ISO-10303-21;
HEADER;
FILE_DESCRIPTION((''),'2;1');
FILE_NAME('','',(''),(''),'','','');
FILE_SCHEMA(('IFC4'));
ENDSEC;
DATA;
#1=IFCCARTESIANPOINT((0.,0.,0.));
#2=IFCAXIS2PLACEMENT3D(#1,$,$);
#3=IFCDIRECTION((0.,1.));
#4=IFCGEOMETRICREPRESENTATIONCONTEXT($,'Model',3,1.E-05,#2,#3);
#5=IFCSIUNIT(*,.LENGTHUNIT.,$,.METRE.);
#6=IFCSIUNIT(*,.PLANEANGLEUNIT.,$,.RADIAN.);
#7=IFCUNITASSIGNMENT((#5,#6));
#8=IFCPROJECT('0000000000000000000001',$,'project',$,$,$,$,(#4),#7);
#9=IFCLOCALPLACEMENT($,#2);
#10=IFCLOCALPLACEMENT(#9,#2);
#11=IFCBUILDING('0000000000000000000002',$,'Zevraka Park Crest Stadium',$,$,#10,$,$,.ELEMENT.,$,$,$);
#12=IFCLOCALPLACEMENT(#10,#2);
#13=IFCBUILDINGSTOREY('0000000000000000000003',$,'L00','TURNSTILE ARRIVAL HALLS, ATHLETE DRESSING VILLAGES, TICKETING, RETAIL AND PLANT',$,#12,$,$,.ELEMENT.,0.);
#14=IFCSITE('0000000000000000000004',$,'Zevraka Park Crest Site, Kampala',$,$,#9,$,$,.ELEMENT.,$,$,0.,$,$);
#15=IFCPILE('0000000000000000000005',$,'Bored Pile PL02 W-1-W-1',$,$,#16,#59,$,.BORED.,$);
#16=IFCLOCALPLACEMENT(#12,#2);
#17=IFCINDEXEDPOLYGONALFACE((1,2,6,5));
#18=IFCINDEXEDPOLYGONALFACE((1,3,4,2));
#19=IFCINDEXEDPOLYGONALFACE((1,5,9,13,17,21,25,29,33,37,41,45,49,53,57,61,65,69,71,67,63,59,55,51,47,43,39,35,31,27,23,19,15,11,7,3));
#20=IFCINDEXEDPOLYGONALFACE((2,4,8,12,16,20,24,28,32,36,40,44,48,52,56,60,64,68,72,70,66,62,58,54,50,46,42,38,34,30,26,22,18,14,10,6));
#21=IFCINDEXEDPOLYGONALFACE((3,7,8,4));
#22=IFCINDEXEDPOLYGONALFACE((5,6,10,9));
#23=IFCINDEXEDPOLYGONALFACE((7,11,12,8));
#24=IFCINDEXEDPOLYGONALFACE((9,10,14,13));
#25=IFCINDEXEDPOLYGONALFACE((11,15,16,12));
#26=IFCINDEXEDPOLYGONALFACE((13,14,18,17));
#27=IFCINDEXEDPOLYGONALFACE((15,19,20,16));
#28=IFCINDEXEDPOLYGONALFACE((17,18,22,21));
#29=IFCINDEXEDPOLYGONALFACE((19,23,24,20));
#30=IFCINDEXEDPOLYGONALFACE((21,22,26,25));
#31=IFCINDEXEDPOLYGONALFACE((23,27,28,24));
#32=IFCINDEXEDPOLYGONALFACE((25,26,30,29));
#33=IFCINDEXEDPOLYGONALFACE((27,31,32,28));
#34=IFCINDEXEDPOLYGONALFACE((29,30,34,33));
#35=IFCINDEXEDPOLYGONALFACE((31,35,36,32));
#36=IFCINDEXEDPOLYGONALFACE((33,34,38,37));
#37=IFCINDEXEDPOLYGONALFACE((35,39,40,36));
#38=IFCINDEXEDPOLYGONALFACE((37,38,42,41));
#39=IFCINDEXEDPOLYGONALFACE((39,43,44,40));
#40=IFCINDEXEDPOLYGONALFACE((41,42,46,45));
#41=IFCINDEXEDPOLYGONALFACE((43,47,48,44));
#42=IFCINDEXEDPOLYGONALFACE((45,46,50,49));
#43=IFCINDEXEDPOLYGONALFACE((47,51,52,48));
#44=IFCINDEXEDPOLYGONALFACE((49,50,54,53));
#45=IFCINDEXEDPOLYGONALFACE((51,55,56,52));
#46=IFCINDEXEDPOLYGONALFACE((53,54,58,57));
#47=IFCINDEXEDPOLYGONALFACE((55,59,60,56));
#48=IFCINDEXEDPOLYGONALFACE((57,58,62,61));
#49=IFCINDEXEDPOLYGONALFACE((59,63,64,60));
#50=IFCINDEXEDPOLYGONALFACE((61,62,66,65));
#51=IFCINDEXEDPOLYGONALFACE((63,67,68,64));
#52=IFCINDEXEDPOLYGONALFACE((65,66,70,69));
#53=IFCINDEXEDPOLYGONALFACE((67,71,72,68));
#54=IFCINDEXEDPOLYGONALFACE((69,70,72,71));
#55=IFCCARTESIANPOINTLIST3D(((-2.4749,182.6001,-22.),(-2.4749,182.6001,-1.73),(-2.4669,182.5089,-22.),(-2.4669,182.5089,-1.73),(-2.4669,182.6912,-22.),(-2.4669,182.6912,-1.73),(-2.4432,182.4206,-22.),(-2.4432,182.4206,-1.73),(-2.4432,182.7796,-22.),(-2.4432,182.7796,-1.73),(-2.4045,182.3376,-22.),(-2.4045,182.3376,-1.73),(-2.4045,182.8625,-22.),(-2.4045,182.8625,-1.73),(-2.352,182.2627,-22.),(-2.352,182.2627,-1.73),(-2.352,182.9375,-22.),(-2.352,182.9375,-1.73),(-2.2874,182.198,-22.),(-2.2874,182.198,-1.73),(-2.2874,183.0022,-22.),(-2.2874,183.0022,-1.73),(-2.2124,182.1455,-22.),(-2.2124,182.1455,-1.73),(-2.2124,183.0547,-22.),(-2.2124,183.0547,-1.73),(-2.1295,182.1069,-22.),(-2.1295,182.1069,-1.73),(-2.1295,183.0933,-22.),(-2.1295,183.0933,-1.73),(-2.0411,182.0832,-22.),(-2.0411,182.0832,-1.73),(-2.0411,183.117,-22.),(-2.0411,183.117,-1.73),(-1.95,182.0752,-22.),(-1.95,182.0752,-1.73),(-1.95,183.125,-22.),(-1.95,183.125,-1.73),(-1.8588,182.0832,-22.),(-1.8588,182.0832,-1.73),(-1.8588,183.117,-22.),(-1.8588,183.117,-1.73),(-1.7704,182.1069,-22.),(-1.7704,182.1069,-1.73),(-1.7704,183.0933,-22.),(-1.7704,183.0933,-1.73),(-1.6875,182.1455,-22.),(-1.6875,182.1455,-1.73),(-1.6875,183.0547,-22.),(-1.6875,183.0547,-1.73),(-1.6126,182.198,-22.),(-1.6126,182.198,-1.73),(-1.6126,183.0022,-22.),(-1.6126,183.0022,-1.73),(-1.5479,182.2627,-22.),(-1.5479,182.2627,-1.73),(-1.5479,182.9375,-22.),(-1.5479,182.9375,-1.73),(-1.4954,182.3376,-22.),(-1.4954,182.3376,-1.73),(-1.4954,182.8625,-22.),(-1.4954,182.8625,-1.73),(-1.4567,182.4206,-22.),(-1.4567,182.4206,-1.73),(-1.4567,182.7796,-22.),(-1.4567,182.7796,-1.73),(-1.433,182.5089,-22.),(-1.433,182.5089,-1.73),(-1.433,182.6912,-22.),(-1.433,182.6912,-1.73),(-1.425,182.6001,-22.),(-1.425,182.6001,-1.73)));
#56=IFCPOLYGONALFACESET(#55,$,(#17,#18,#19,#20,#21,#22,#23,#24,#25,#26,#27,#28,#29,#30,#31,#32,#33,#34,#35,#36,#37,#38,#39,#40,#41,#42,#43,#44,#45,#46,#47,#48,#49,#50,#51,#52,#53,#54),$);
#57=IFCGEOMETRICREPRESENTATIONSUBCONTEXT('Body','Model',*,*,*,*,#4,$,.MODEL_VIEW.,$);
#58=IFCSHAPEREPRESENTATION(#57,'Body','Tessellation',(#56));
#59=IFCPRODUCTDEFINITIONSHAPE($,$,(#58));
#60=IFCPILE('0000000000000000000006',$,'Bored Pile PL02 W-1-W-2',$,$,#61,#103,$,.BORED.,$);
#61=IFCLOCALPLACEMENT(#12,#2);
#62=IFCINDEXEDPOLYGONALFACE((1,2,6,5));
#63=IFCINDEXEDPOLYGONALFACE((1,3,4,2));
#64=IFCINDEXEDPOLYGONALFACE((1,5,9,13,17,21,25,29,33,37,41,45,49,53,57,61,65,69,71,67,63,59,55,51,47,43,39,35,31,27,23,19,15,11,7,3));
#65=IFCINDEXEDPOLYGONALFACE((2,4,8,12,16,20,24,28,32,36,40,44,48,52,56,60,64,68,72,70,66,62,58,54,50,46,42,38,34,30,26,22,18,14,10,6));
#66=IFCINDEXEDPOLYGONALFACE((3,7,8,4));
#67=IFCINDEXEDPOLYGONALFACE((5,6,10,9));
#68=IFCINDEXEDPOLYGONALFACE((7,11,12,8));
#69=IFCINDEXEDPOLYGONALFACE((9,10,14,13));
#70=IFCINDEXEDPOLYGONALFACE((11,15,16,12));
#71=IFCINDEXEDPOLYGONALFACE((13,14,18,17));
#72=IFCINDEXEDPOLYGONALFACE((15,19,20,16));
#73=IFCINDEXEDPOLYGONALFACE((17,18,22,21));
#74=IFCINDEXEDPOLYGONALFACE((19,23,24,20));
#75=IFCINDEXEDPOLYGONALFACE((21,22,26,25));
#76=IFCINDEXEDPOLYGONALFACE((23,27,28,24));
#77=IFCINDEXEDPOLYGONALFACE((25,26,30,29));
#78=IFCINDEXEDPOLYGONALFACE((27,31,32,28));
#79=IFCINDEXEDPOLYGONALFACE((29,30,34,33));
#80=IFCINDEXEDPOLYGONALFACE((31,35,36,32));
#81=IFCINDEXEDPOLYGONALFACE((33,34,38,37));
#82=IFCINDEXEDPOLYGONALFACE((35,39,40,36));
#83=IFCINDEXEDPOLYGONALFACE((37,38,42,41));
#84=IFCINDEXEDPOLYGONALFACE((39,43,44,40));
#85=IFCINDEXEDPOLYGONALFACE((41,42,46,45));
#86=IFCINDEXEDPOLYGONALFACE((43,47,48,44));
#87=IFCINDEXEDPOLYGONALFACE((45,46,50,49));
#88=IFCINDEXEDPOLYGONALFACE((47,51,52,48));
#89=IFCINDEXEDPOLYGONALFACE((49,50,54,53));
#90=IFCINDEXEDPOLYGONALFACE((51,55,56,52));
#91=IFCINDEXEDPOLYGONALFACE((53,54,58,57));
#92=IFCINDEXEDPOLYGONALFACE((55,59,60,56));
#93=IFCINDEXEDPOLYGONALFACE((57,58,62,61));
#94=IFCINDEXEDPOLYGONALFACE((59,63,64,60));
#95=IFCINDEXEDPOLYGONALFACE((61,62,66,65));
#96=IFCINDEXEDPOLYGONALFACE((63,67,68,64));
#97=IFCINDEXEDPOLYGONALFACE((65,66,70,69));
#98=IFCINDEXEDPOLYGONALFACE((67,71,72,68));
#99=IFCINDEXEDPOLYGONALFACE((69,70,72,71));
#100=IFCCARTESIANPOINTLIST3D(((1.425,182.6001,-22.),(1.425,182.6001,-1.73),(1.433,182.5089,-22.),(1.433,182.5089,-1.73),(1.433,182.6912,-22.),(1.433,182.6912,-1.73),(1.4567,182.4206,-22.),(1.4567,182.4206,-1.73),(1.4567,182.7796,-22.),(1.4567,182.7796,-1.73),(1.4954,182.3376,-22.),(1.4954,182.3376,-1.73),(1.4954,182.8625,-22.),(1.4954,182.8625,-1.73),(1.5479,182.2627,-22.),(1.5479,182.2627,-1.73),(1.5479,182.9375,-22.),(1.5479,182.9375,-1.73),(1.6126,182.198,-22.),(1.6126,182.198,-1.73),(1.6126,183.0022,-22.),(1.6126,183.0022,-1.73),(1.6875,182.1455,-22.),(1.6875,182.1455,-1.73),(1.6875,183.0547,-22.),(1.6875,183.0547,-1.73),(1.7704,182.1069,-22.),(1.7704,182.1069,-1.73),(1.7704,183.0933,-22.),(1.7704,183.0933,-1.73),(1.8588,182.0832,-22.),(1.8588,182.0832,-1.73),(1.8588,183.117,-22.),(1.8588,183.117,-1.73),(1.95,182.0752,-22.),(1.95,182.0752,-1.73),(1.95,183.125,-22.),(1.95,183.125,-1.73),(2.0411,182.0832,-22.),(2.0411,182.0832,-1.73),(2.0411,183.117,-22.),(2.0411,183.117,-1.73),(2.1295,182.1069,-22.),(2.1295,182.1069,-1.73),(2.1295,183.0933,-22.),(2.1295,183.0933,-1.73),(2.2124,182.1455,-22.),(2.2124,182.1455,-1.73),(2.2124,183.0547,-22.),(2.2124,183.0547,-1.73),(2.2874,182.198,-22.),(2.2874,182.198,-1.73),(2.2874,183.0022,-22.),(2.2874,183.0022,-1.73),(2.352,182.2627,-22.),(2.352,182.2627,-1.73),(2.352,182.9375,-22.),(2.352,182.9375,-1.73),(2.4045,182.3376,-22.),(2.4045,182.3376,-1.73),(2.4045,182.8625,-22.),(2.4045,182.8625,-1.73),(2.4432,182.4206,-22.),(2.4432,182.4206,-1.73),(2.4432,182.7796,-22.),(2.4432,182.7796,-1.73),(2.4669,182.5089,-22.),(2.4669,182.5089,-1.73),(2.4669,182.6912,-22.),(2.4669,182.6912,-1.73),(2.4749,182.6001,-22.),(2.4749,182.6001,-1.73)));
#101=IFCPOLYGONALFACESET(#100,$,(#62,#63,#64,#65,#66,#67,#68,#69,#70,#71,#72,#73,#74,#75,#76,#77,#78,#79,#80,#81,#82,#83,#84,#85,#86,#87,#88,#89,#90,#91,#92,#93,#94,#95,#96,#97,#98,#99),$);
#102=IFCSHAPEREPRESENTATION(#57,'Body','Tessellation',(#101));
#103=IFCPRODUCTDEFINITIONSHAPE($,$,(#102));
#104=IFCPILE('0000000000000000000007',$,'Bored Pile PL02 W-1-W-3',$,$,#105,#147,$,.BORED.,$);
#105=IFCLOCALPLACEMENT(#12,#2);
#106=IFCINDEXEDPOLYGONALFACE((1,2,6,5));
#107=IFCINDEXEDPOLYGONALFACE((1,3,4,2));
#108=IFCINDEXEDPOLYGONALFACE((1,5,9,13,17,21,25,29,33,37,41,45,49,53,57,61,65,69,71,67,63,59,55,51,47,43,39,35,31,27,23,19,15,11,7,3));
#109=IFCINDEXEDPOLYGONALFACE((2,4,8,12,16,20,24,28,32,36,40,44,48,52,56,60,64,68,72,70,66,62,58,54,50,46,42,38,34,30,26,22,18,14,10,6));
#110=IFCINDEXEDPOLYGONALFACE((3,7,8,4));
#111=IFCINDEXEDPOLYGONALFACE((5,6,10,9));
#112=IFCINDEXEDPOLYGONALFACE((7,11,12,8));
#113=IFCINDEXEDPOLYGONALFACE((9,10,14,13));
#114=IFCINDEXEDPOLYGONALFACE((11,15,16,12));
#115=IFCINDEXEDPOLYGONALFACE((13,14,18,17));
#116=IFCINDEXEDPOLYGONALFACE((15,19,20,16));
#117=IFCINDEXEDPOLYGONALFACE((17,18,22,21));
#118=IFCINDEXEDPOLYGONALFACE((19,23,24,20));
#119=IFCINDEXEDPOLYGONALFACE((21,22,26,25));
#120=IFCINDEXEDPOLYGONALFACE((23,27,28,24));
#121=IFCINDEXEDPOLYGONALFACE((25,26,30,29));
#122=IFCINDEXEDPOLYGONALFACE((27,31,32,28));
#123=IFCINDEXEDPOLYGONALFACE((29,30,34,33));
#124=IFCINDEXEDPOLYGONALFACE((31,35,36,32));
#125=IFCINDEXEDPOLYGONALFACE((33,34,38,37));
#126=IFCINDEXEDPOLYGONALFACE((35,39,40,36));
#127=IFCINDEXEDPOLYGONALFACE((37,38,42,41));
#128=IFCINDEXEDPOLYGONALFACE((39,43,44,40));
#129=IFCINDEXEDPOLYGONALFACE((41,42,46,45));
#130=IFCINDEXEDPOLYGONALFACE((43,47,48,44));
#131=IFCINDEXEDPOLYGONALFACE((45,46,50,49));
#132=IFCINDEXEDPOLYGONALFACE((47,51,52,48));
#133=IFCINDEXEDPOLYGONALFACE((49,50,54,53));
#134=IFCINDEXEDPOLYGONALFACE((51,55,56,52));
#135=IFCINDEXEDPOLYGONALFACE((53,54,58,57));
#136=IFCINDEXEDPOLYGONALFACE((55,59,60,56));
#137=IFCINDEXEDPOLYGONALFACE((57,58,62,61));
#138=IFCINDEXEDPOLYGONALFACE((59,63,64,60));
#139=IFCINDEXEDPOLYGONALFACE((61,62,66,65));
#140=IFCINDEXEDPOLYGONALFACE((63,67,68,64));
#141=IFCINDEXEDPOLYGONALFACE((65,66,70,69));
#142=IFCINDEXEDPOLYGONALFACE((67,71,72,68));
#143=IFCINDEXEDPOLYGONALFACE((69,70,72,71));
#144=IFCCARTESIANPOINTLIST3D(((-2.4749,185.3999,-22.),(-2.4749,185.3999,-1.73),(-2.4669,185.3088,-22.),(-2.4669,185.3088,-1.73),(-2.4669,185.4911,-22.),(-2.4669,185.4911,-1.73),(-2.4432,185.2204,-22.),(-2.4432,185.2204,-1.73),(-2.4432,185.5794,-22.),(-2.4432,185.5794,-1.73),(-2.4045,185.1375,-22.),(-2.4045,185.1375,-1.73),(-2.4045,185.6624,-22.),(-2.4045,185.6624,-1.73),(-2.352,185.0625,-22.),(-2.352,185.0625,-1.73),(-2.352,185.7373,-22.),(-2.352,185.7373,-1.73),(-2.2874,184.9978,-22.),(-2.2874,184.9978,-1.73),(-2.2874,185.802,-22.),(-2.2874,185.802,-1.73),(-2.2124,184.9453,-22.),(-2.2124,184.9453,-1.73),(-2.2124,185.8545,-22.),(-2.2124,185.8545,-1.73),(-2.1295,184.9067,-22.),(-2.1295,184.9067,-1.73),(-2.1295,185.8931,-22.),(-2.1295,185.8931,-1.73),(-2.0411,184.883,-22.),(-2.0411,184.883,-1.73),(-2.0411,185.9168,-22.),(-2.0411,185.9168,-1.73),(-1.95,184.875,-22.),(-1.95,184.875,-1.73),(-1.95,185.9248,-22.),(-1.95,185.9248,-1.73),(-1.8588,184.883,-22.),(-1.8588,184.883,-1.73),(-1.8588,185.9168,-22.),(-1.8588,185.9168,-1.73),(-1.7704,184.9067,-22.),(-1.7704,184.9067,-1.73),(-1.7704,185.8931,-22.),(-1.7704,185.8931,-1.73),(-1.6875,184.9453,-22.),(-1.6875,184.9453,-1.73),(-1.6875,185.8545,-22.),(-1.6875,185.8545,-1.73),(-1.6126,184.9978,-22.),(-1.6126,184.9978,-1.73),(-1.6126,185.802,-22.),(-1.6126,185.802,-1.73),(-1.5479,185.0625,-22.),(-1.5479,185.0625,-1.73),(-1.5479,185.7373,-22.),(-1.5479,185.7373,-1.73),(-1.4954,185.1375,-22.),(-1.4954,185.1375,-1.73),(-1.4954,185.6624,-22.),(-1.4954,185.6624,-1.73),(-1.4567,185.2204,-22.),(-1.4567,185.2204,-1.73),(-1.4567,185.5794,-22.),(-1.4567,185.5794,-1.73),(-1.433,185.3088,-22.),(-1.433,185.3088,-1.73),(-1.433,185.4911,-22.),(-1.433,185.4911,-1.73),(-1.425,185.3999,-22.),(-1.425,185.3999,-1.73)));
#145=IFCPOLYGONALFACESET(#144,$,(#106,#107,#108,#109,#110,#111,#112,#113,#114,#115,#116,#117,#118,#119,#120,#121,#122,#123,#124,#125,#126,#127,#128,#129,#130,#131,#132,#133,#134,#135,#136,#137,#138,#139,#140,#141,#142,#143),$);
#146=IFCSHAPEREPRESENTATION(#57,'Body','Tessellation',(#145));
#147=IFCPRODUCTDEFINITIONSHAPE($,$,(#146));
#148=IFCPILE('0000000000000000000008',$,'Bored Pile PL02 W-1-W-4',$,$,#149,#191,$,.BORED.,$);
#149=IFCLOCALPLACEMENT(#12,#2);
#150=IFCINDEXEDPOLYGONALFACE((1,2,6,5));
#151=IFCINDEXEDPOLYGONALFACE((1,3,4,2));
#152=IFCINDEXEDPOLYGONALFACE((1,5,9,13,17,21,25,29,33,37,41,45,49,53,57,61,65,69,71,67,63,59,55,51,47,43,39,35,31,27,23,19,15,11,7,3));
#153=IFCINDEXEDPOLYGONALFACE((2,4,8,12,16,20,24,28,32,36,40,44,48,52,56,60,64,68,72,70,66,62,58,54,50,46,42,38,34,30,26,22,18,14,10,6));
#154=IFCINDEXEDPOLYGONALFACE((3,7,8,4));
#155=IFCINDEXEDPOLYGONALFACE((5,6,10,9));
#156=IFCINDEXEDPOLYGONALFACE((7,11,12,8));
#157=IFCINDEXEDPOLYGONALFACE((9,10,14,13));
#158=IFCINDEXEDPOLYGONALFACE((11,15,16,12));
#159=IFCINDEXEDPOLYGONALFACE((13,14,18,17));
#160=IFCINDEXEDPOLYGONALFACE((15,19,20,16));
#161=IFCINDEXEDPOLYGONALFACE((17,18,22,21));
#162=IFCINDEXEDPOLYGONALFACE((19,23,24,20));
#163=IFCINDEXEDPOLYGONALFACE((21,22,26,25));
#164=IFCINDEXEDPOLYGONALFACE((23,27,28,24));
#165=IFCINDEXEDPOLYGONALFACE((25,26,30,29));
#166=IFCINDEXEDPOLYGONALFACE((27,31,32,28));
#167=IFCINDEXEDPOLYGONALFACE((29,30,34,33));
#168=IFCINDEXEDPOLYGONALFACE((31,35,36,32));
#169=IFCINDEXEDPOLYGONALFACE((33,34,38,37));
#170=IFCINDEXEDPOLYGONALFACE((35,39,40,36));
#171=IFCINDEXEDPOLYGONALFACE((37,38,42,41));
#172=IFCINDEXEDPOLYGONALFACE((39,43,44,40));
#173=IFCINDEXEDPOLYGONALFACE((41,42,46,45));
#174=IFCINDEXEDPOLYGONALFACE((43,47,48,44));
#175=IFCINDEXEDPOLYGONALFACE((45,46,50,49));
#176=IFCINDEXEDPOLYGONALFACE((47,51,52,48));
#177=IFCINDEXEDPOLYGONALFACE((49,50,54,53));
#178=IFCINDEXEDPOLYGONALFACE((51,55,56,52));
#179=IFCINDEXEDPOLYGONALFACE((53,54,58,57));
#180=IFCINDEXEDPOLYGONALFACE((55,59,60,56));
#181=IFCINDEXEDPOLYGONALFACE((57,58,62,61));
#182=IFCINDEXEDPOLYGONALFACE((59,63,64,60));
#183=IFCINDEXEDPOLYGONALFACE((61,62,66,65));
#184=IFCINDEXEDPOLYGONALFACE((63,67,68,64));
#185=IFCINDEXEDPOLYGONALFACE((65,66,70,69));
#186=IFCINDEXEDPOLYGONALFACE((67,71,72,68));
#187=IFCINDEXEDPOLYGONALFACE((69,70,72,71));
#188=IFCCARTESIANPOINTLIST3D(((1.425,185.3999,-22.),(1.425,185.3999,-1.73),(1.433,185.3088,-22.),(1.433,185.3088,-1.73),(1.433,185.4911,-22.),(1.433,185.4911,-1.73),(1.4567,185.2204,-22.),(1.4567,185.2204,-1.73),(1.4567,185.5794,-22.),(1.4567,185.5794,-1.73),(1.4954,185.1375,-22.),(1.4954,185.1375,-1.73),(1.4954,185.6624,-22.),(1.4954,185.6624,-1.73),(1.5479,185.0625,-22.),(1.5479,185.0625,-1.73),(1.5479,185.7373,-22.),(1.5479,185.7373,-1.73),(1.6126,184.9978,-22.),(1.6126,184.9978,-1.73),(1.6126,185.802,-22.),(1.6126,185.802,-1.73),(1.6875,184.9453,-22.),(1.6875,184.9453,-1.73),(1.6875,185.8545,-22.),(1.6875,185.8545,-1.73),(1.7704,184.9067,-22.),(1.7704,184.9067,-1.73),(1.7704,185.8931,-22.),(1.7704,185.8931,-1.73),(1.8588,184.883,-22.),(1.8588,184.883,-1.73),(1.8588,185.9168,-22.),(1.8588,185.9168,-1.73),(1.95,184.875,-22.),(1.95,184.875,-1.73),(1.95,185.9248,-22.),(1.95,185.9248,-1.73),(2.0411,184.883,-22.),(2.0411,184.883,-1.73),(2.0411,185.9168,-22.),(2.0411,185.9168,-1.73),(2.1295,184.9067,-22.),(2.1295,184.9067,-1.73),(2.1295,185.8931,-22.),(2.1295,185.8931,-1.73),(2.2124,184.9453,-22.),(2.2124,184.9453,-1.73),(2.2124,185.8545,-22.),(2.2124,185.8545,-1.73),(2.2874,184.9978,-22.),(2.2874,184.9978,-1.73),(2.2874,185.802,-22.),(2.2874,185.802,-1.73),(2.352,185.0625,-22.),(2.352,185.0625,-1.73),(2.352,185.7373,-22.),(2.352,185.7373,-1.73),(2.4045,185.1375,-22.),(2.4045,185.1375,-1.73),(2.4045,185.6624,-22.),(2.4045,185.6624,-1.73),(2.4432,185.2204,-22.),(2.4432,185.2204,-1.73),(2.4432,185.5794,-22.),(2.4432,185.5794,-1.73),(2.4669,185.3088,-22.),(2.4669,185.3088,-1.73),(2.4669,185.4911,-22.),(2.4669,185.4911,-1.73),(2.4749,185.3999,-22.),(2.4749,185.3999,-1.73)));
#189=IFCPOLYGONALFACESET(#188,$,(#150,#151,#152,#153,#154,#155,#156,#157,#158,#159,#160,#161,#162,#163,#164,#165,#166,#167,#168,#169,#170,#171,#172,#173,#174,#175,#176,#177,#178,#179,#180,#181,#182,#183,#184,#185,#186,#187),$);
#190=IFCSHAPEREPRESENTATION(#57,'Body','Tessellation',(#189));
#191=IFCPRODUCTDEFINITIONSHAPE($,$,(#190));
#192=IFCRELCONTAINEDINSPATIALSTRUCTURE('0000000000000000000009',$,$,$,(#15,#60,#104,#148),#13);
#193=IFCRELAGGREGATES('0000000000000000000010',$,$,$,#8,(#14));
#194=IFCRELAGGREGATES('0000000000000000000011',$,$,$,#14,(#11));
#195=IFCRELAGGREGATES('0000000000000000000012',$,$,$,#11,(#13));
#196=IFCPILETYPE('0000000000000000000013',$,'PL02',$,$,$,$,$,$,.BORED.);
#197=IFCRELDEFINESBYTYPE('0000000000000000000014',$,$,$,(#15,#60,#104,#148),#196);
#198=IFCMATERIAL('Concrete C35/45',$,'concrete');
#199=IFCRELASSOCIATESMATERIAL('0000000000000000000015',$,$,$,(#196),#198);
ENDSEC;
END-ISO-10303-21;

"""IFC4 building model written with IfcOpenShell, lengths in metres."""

from ifc_helpers import new_model, si_unit, direction, frame, origin, origin_2d, place, context, subcontext, project, spatial, circle, extrude, material, material_profile, profile_set, type_object, element, save


model = new_model("IFC4")

# Units and contexts
model_context = context("Model", 3, precision=1e-05, world=origin(), true_north=direction((0.0, 1.0)))
body_context = subcontext(model_context, "Body", "Model", "MODEL_VIEW")
ifc_project = project(units=[si_unit("LENGTHUNIT", "METRE"), si_unit("PLANEANGLEUNIT", "RADIAN")], contexts=[model_context])

# Site, building, storey
site_placement = place(None, origin())
site = spatial("IfcSite", under=ifc_project, at=site_placement, Name="Zevraka Park Crest Site, Kampala", CompositionType="ELEMENT", RefElevation=0.0)
building_placement = place(site_placement, origin())
building = spatial("IfcBuilding", under=site, at=building_placement, Name="Zevraka Park Crest Stadium", CompositionType="ELEMENT")
storey_placement = place(building_placement, origin())
storey = spatial("IfcBuildingStorey", under=building, at=storey_placement, Name="L00", Description="TURNSTILE ARRIVAL HALLS, ATHLETE DRESSING VILLAGES, TICKETING, RETAIL AND PLANT", CompositionType="ELEMENT", Elevation=0.0)

# Piles
ifc_material_1 = material(Name="Concrete C35/45", Category="concrete")
ifc_material_profile_1 = material_profile(ifc_material_1, circle(Radius=0.5249, at=origin_2d()), Name="PILE D1050")
ifc_profile_set_1 = profile_set([ifc_material_profile_1], Name="Concrete C35/45")
pile_type_1 = type_object("IfcPileType", Name="PL02", PredefinedType="BORED", material=ifc_profile_set_1)
for number, where, z_axis, x_axis, name in (
    (1, (-1.95, 182.6001, -1.73), (0.0, 0.0, -1.0), (1.0, 0.0, 0.0), "Bored Pile PL02 W-1-W-1"),
    (2, (1.95, 182.6001, -1.73), (0.0, 0.0, -1.0), (1.0, 0.0, 0.0), "Bored Pile PL02 W-1-W-2"),
    (3, (-1.95, 185.3999, -1.73), (0.0, 0.0, -1.0), (1.0, 0.0, 0.0), "Bored Pile PL02 W-1-W-3"),
    (4, (1.95, 185.3999, -1.73), (0.0, 0.0, -1.0), (1.0, 0.0, 0.0), "Bored Pile PL02 W-1-W-4"),
):
    element("IfcPile", number, at=place(storey_placement, frame(where, z_axis=z_axis, x_axis=x_axis)), inside=storey, type_object=pile_type_1, Name=name, PredefinedType="BORED", context=body_context, shape_type="SweptSolid", body=[
        extrude(circle(Radius=0.5249, at=origin_2d()), origin(), (0.0, 0.0, 1.0), 20.27),
    ])

save(model, "model.ifc")
